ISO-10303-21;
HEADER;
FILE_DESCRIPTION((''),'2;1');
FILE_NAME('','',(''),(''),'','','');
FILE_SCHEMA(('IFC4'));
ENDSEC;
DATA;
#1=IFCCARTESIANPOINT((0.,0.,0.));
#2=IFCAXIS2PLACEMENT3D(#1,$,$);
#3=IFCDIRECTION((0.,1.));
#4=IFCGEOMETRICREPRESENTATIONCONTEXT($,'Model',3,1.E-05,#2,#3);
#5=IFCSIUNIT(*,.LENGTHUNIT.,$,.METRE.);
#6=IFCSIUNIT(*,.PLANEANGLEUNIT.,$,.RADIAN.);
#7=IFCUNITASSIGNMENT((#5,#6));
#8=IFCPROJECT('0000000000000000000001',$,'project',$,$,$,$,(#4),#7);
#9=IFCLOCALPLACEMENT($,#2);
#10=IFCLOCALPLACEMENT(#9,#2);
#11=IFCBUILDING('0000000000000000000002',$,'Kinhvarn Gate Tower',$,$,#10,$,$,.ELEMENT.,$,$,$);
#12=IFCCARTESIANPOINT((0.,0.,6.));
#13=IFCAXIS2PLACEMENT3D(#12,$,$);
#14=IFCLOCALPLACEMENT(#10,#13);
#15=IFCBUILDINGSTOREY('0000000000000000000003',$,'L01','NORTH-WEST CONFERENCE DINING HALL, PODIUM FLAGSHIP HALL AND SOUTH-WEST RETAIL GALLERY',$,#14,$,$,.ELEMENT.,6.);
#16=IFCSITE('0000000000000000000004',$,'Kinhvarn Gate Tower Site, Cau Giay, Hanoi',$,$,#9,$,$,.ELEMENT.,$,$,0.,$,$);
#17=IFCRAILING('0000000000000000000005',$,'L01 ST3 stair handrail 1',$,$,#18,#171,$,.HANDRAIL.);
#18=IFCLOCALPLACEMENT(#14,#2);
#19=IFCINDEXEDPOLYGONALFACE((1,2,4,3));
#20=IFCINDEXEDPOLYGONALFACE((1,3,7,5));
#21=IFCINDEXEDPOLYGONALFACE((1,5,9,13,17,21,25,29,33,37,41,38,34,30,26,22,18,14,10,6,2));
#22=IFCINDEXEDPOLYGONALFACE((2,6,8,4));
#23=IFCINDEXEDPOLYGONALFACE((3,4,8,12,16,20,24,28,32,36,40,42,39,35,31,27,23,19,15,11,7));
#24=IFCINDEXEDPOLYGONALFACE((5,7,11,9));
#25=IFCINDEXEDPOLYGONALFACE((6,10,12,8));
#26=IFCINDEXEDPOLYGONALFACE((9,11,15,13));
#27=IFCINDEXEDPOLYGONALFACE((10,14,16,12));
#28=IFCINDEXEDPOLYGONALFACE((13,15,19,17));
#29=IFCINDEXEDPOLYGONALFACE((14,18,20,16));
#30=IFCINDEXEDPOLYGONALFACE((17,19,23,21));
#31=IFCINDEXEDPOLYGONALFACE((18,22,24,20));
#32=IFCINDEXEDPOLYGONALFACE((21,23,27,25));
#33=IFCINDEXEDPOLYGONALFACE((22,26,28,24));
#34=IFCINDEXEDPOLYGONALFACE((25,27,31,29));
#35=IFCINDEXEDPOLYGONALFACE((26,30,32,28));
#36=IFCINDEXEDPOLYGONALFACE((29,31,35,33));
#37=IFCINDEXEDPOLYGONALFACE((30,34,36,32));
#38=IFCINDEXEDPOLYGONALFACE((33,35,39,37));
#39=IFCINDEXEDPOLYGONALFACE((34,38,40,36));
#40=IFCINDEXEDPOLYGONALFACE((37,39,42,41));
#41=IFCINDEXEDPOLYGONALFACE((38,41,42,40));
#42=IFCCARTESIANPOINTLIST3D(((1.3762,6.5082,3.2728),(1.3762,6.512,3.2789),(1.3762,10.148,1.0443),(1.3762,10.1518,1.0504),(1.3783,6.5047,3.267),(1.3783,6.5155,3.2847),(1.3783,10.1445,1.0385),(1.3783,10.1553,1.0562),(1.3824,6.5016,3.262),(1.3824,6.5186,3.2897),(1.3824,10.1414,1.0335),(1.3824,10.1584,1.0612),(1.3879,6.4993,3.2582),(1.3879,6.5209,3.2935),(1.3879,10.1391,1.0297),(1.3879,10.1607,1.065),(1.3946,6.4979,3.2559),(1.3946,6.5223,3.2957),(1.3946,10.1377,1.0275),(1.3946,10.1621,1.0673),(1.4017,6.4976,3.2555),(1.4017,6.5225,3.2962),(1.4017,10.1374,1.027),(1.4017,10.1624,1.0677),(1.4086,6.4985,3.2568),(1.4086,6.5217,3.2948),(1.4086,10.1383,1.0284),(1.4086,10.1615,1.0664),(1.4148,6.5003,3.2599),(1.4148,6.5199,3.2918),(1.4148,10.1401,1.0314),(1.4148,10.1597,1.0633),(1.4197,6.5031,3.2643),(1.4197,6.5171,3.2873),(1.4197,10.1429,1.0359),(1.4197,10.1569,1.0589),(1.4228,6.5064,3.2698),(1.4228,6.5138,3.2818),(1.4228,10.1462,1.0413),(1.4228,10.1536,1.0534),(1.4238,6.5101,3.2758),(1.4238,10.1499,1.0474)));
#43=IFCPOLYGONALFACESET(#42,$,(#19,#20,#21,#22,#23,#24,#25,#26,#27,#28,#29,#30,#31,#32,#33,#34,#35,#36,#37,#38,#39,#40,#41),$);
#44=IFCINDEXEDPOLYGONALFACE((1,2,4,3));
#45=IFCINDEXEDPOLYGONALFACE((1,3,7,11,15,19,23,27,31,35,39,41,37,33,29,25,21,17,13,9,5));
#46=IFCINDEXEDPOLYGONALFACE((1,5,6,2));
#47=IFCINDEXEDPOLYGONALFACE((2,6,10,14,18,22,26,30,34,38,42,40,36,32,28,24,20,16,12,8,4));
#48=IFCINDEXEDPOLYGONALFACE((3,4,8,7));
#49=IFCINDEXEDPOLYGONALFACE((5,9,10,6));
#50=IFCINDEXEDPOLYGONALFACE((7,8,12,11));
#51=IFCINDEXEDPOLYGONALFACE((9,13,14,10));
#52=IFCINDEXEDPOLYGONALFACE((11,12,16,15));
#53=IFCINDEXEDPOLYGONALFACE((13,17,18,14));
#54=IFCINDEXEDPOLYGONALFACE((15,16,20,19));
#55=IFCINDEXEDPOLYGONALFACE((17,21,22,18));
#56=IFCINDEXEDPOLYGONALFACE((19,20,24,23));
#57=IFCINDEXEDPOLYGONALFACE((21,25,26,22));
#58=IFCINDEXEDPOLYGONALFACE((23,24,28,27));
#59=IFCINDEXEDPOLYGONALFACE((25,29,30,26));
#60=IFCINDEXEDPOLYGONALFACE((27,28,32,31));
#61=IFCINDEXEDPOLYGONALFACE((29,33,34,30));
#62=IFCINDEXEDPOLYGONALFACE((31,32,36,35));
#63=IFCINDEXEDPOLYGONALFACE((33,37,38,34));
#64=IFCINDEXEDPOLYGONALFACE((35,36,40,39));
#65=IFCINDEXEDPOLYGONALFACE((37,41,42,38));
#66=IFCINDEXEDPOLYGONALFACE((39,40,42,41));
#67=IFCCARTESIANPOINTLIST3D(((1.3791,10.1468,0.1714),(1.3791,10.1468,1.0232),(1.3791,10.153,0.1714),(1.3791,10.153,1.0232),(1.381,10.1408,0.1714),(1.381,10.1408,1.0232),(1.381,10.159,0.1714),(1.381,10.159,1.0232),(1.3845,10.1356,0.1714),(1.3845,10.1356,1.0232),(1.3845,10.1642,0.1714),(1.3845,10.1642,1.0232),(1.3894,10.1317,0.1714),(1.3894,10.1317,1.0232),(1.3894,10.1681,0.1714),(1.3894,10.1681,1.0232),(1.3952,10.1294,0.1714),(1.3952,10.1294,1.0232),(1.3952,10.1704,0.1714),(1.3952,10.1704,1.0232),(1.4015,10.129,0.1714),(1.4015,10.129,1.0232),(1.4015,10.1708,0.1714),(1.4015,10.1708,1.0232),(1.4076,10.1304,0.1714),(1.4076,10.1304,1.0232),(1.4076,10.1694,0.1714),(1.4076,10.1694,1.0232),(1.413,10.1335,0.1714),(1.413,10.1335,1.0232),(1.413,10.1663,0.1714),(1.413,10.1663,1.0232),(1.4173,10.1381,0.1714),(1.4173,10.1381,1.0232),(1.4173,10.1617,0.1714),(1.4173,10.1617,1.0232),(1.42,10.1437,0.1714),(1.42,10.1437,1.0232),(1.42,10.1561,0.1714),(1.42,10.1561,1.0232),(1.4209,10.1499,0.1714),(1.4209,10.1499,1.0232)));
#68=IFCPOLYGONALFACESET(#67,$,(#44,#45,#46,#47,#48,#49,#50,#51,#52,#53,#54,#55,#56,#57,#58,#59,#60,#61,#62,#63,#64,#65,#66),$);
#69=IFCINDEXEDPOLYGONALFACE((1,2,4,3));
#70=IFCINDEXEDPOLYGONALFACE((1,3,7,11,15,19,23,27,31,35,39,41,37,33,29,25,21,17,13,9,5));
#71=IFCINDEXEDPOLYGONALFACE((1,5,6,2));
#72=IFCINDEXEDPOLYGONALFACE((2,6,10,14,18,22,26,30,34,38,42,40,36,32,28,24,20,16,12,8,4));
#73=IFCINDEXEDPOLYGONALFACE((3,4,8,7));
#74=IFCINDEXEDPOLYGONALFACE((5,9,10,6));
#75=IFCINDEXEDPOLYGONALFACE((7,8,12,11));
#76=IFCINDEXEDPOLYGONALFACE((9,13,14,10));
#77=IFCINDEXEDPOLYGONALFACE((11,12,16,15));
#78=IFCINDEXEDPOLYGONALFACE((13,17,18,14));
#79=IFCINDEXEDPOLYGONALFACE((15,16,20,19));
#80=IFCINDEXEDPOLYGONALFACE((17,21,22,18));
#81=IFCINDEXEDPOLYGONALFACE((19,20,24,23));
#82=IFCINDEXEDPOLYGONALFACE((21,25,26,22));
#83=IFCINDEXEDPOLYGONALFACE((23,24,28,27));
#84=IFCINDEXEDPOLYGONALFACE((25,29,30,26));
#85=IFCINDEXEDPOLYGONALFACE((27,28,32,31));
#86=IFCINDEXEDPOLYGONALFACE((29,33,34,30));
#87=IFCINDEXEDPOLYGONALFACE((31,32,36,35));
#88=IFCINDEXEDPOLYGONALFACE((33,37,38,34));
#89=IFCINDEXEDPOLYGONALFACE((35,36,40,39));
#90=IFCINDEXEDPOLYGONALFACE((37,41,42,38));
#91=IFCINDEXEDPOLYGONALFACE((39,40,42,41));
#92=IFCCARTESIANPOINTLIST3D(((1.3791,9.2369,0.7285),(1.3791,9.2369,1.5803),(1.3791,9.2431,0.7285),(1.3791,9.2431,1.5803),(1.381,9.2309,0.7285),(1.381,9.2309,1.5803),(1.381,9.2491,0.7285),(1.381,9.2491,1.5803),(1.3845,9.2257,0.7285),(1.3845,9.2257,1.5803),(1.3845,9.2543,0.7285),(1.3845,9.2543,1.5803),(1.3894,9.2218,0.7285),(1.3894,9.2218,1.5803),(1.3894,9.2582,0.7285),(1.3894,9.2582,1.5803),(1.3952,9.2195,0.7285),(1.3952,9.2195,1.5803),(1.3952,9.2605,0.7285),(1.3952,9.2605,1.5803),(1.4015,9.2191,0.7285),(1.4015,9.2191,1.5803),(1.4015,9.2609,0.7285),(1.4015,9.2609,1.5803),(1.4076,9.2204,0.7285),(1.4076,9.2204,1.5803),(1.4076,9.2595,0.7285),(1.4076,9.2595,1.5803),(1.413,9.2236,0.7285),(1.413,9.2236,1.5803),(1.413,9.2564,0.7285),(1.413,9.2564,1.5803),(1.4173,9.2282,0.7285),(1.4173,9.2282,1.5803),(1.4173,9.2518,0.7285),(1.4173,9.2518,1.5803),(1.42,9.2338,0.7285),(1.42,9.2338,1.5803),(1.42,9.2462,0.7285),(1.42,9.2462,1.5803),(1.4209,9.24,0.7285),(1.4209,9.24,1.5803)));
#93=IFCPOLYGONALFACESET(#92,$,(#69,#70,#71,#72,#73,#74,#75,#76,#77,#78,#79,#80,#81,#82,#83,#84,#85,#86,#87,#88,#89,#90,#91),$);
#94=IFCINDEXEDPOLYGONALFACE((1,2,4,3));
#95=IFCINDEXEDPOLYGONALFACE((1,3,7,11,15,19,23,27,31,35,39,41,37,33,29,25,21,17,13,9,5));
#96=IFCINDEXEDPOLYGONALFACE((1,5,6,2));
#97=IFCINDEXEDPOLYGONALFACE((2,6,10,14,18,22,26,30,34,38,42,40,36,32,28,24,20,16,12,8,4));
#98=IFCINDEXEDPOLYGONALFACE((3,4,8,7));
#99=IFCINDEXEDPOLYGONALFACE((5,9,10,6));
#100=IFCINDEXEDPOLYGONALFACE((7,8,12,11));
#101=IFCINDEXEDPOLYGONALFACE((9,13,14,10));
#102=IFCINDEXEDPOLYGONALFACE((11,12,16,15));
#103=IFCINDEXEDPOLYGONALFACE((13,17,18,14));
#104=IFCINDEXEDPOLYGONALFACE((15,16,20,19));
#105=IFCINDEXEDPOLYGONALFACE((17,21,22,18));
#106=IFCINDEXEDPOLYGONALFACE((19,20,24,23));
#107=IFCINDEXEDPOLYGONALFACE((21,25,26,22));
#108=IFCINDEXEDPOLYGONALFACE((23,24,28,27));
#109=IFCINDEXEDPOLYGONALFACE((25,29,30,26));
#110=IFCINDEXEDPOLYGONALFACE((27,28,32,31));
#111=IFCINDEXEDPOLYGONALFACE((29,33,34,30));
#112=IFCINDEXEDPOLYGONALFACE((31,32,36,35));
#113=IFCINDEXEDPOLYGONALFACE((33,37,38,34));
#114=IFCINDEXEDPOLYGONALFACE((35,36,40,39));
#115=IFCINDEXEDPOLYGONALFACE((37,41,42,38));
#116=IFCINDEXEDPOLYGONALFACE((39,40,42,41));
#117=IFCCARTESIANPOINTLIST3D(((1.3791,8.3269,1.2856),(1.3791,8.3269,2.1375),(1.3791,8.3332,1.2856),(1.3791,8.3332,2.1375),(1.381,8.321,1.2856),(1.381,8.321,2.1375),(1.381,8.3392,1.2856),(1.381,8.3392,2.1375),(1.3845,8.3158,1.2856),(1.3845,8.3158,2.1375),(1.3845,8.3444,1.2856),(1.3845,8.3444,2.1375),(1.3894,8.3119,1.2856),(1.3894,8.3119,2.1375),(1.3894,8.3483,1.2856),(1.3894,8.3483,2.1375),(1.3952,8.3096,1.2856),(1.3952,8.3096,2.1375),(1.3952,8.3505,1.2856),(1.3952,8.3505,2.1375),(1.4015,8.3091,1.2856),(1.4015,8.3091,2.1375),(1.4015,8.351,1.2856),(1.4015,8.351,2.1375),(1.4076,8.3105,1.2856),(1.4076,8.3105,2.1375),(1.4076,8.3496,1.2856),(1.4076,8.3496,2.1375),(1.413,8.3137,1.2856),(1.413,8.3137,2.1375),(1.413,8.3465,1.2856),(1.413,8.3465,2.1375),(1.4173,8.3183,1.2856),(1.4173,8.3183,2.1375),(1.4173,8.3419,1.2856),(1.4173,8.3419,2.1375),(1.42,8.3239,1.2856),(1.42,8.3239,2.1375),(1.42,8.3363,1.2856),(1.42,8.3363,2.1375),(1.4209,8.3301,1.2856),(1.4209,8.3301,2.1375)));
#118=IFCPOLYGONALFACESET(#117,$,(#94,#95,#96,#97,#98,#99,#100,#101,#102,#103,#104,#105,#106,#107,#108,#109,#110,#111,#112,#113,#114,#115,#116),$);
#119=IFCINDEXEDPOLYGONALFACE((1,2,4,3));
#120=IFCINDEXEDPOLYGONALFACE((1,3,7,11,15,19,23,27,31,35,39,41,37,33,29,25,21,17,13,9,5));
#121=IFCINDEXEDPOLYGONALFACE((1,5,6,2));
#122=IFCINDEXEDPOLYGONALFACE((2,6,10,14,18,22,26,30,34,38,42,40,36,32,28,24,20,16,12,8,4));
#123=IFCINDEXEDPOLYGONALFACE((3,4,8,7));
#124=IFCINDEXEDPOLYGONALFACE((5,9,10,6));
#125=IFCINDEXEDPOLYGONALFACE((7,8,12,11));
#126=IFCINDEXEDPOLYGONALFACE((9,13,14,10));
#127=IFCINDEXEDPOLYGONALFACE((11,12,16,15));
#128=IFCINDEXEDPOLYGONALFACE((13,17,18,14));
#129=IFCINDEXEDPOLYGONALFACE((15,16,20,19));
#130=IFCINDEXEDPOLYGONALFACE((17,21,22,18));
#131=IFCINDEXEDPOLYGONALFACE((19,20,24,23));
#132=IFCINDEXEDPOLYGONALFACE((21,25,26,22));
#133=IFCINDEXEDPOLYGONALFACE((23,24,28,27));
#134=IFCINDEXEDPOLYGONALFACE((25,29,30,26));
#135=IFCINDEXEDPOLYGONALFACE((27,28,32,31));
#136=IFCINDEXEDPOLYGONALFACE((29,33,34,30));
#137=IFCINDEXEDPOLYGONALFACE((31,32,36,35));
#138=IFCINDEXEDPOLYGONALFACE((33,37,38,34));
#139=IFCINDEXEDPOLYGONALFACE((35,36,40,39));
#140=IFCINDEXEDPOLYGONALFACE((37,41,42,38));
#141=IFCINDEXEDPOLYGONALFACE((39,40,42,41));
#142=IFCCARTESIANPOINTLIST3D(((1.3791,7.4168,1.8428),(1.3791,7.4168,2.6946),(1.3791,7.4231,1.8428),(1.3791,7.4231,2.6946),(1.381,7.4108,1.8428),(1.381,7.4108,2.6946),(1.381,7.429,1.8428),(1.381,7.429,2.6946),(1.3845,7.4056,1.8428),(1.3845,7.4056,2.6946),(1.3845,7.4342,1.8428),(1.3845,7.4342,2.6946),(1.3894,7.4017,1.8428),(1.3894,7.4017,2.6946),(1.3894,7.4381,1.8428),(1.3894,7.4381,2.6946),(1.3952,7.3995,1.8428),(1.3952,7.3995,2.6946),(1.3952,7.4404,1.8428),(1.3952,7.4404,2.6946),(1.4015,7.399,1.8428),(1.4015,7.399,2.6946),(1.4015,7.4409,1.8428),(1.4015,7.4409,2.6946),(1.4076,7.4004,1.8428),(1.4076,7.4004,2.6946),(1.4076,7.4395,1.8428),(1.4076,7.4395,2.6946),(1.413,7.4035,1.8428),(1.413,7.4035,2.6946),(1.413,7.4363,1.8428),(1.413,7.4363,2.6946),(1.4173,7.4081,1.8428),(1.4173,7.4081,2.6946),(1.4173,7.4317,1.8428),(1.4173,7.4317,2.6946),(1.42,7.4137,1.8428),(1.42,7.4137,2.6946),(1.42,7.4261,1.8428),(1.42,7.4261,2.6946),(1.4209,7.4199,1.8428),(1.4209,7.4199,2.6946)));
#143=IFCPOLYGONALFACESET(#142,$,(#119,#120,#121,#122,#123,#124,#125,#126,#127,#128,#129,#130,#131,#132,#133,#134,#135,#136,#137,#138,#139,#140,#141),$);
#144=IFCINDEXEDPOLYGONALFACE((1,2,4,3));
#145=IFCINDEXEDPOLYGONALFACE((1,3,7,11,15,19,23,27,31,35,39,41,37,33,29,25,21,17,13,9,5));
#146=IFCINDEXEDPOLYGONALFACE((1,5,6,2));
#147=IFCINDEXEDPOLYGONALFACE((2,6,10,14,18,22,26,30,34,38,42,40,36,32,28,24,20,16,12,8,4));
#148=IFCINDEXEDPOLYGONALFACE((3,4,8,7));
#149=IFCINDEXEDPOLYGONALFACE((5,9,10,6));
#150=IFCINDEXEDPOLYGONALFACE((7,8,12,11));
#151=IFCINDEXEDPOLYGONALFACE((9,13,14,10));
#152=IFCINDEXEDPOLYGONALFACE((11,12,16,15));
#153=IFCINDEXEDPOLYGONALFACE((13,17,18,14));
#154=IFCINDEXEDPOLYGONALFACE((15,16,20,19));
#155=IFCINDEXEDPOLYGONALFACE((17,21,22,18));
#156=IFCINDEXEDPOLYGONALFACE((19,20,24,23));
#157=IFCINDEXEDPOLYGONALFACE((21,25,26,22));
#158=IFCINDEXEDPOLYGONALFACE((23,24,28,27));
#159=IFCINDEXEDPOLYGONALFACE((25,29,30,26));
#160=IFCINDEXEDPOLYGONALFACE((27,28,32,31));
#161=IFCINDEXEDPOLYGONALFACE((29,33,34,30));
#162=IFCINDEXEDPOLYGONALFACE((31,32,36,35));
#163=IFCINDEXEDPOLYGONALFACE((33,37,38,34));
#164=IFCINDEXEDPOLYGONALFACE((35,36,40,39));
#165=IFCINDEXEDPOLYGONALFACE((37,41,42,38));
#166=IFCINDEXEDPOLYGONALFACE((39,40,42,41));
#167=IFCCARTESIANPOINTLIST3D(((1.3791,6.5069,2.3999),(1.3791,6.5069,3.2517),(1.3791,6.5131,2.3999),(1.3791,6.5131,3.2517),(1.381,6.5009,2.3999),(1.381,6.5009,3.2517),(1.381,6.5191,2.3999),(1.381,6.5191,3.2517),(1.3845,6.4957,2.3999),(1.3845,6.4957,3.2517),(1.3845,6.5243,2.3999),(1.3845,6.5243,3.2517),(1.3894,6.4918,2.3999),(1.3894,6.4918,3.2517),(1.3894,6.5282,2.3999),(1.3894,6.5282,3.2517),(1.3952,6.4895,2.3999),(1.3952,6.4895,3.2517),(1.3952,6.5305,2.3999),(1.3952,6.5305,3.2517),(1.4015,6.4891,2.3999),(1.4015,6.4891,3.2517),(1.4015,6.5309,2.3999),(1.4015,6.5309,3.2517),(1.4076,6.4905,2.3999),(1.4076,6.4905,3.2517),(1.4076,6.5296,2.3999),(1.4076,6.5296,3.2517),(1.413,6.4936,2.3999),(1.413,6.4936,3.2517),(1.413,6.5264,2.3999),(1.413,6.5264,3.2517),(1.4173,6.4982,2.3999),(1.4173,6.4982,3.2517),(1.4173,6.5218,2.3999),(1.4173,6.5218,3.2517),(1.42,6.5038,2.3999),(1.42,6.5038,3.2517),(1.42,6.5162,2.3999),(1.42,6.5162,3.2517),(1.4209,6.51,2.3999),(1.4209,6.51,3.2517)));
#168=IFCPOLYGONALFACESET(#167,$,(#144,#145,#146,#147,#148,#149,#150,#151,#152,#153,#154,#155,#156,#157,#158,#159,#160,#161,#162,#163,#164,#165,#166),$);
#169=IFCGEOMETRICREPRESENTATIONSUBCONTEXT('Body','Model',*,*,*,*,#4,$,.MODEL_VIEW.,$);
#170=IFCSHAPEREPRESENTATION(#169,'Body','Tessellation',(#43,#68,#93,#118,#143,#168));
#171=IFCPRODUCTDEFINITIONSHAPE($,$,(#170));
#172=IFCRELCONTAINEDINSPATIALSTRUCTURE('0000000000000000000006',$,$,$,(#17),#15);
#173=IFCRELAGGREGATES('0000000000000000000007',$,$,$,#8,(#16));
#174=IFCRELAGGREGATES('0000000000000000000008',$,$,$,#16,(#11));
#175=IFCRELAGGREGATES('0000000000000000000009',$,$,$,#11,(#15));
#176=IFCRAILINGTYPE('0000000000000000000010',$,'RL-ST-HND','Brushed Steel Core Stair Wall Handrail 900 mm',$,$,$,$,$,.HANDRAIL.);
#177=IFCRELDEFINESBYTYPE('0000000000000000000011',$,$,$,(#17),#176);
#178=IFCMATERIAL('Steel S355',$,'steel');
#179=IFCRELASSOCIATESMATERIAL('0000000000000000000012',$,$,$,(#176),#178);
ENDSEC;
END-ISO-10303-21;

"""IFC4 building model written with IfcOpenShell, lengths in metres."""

from ifc_helpers import new_model, si_unit, direction, frame, origin, origin_2d, place, context, subcontext, project, spatial, circle, extrude, material, type_object, element, save


model = new_model("IFC4")

# Units and contexts
model_context = context("Model", 3, precision=1e-05, world=origin(), true_north=direction((0.0, 1.0)))
body_context = subcontext(model_context, "Body", "Model", "MODEL_VIEW")
ifc_project = project(units=[si_unit("LENGTHUNIT", "METRE"), si_unit("PLANEANGLEUNIT", "RADIAN")], contexts=[model_context])

# Site, building, storey
site_placement = place(None, origin())
site = spatial("IfcSite", under=ifc_project, at=site_placement, Name="Kinhvarn Gate Tower Site, Cau Giay, Hanoi", CompositionType="ELEMENT", RefElevation=0.0)
building_placement = place(site_placement, origin())
building = spatial("IfcBuilding", under=site, at=building_placement, Name="Kinhvarn Gate Tower", CompositionType="ELEMENT")
storey_placement = place(building_placement, frame((0.0, 0.0, 6.0)))
storey = spatial("IfcBuildingStorey", under=building, at=storey_placement, Name="L01", Description="NORTH-WEST CONFERENCE DINING HALL, PODIUM FLAGSHIP HALL AND SOUTH-WEST RETAIL GALLERY", CompositionType="ELEMENT", Elevation=6.0)

# Shared definitions
ifc_material_1 = material(Name="Steel S355", Category="steel")

# Railing
railing_type_1 = type_object("IfcRailingType", Name="RL-ST-HND", Description="Brushed Steel Core Stair Wall Handrail 900 mm", PredefinedType="HANDRAIL", material=ifc_material_1)
railing_1_placement = place(storey_placement, frame((1.3999, 10.1499, 0.1714)))
element("IfcRailing", 1, at=railing_1_placement, inside=storey, type_object=railing_type_1, Name="L01 ST3 stair handrail 1", PredefinedType="HANDRAIL", context=body_context, shape_type="SweptSolid", body=[
    extrude(circle(Radius=0.0239, at=origin_2d()), frame((0.0, 0.0, 0.876), z_axis=(0.0, -0.85285, 0.522156), x_axis=(1.0, 0.0, 0.0)), (0.0, 0.0, 1.0), 4.2678),
    extrude(circle(Radius=0.021, at=origin_2d()), origin(), (0.0, 0.0, 1.0), 0.8518),
    extrude(circle(Radius=0.021, at=origin_2d()), frame((0.0, -0.9099, 0.5571)), (0.0, 0.0, 1.0), 0.8518),
    extrude(circle(Radius=0.021, at=origin_2d()), frame((0.0, -1.8198, 1.1143)), (0.0, 0.0, 1.0), 0.8518),
    extrude(circle(Radius=0.021, at=origin_2d()), frame((0.0, -2.73, 1.6714)), (0.0, 0.0, 1.0), 0.8518),
    extrude(circle(Radius=0.021, at=origin_2d()), frame((0.0, -3.6399, 2.2285)), (0.0, 0.0, 1.0), 0.8518),
])

save(model, "model.ifc")
